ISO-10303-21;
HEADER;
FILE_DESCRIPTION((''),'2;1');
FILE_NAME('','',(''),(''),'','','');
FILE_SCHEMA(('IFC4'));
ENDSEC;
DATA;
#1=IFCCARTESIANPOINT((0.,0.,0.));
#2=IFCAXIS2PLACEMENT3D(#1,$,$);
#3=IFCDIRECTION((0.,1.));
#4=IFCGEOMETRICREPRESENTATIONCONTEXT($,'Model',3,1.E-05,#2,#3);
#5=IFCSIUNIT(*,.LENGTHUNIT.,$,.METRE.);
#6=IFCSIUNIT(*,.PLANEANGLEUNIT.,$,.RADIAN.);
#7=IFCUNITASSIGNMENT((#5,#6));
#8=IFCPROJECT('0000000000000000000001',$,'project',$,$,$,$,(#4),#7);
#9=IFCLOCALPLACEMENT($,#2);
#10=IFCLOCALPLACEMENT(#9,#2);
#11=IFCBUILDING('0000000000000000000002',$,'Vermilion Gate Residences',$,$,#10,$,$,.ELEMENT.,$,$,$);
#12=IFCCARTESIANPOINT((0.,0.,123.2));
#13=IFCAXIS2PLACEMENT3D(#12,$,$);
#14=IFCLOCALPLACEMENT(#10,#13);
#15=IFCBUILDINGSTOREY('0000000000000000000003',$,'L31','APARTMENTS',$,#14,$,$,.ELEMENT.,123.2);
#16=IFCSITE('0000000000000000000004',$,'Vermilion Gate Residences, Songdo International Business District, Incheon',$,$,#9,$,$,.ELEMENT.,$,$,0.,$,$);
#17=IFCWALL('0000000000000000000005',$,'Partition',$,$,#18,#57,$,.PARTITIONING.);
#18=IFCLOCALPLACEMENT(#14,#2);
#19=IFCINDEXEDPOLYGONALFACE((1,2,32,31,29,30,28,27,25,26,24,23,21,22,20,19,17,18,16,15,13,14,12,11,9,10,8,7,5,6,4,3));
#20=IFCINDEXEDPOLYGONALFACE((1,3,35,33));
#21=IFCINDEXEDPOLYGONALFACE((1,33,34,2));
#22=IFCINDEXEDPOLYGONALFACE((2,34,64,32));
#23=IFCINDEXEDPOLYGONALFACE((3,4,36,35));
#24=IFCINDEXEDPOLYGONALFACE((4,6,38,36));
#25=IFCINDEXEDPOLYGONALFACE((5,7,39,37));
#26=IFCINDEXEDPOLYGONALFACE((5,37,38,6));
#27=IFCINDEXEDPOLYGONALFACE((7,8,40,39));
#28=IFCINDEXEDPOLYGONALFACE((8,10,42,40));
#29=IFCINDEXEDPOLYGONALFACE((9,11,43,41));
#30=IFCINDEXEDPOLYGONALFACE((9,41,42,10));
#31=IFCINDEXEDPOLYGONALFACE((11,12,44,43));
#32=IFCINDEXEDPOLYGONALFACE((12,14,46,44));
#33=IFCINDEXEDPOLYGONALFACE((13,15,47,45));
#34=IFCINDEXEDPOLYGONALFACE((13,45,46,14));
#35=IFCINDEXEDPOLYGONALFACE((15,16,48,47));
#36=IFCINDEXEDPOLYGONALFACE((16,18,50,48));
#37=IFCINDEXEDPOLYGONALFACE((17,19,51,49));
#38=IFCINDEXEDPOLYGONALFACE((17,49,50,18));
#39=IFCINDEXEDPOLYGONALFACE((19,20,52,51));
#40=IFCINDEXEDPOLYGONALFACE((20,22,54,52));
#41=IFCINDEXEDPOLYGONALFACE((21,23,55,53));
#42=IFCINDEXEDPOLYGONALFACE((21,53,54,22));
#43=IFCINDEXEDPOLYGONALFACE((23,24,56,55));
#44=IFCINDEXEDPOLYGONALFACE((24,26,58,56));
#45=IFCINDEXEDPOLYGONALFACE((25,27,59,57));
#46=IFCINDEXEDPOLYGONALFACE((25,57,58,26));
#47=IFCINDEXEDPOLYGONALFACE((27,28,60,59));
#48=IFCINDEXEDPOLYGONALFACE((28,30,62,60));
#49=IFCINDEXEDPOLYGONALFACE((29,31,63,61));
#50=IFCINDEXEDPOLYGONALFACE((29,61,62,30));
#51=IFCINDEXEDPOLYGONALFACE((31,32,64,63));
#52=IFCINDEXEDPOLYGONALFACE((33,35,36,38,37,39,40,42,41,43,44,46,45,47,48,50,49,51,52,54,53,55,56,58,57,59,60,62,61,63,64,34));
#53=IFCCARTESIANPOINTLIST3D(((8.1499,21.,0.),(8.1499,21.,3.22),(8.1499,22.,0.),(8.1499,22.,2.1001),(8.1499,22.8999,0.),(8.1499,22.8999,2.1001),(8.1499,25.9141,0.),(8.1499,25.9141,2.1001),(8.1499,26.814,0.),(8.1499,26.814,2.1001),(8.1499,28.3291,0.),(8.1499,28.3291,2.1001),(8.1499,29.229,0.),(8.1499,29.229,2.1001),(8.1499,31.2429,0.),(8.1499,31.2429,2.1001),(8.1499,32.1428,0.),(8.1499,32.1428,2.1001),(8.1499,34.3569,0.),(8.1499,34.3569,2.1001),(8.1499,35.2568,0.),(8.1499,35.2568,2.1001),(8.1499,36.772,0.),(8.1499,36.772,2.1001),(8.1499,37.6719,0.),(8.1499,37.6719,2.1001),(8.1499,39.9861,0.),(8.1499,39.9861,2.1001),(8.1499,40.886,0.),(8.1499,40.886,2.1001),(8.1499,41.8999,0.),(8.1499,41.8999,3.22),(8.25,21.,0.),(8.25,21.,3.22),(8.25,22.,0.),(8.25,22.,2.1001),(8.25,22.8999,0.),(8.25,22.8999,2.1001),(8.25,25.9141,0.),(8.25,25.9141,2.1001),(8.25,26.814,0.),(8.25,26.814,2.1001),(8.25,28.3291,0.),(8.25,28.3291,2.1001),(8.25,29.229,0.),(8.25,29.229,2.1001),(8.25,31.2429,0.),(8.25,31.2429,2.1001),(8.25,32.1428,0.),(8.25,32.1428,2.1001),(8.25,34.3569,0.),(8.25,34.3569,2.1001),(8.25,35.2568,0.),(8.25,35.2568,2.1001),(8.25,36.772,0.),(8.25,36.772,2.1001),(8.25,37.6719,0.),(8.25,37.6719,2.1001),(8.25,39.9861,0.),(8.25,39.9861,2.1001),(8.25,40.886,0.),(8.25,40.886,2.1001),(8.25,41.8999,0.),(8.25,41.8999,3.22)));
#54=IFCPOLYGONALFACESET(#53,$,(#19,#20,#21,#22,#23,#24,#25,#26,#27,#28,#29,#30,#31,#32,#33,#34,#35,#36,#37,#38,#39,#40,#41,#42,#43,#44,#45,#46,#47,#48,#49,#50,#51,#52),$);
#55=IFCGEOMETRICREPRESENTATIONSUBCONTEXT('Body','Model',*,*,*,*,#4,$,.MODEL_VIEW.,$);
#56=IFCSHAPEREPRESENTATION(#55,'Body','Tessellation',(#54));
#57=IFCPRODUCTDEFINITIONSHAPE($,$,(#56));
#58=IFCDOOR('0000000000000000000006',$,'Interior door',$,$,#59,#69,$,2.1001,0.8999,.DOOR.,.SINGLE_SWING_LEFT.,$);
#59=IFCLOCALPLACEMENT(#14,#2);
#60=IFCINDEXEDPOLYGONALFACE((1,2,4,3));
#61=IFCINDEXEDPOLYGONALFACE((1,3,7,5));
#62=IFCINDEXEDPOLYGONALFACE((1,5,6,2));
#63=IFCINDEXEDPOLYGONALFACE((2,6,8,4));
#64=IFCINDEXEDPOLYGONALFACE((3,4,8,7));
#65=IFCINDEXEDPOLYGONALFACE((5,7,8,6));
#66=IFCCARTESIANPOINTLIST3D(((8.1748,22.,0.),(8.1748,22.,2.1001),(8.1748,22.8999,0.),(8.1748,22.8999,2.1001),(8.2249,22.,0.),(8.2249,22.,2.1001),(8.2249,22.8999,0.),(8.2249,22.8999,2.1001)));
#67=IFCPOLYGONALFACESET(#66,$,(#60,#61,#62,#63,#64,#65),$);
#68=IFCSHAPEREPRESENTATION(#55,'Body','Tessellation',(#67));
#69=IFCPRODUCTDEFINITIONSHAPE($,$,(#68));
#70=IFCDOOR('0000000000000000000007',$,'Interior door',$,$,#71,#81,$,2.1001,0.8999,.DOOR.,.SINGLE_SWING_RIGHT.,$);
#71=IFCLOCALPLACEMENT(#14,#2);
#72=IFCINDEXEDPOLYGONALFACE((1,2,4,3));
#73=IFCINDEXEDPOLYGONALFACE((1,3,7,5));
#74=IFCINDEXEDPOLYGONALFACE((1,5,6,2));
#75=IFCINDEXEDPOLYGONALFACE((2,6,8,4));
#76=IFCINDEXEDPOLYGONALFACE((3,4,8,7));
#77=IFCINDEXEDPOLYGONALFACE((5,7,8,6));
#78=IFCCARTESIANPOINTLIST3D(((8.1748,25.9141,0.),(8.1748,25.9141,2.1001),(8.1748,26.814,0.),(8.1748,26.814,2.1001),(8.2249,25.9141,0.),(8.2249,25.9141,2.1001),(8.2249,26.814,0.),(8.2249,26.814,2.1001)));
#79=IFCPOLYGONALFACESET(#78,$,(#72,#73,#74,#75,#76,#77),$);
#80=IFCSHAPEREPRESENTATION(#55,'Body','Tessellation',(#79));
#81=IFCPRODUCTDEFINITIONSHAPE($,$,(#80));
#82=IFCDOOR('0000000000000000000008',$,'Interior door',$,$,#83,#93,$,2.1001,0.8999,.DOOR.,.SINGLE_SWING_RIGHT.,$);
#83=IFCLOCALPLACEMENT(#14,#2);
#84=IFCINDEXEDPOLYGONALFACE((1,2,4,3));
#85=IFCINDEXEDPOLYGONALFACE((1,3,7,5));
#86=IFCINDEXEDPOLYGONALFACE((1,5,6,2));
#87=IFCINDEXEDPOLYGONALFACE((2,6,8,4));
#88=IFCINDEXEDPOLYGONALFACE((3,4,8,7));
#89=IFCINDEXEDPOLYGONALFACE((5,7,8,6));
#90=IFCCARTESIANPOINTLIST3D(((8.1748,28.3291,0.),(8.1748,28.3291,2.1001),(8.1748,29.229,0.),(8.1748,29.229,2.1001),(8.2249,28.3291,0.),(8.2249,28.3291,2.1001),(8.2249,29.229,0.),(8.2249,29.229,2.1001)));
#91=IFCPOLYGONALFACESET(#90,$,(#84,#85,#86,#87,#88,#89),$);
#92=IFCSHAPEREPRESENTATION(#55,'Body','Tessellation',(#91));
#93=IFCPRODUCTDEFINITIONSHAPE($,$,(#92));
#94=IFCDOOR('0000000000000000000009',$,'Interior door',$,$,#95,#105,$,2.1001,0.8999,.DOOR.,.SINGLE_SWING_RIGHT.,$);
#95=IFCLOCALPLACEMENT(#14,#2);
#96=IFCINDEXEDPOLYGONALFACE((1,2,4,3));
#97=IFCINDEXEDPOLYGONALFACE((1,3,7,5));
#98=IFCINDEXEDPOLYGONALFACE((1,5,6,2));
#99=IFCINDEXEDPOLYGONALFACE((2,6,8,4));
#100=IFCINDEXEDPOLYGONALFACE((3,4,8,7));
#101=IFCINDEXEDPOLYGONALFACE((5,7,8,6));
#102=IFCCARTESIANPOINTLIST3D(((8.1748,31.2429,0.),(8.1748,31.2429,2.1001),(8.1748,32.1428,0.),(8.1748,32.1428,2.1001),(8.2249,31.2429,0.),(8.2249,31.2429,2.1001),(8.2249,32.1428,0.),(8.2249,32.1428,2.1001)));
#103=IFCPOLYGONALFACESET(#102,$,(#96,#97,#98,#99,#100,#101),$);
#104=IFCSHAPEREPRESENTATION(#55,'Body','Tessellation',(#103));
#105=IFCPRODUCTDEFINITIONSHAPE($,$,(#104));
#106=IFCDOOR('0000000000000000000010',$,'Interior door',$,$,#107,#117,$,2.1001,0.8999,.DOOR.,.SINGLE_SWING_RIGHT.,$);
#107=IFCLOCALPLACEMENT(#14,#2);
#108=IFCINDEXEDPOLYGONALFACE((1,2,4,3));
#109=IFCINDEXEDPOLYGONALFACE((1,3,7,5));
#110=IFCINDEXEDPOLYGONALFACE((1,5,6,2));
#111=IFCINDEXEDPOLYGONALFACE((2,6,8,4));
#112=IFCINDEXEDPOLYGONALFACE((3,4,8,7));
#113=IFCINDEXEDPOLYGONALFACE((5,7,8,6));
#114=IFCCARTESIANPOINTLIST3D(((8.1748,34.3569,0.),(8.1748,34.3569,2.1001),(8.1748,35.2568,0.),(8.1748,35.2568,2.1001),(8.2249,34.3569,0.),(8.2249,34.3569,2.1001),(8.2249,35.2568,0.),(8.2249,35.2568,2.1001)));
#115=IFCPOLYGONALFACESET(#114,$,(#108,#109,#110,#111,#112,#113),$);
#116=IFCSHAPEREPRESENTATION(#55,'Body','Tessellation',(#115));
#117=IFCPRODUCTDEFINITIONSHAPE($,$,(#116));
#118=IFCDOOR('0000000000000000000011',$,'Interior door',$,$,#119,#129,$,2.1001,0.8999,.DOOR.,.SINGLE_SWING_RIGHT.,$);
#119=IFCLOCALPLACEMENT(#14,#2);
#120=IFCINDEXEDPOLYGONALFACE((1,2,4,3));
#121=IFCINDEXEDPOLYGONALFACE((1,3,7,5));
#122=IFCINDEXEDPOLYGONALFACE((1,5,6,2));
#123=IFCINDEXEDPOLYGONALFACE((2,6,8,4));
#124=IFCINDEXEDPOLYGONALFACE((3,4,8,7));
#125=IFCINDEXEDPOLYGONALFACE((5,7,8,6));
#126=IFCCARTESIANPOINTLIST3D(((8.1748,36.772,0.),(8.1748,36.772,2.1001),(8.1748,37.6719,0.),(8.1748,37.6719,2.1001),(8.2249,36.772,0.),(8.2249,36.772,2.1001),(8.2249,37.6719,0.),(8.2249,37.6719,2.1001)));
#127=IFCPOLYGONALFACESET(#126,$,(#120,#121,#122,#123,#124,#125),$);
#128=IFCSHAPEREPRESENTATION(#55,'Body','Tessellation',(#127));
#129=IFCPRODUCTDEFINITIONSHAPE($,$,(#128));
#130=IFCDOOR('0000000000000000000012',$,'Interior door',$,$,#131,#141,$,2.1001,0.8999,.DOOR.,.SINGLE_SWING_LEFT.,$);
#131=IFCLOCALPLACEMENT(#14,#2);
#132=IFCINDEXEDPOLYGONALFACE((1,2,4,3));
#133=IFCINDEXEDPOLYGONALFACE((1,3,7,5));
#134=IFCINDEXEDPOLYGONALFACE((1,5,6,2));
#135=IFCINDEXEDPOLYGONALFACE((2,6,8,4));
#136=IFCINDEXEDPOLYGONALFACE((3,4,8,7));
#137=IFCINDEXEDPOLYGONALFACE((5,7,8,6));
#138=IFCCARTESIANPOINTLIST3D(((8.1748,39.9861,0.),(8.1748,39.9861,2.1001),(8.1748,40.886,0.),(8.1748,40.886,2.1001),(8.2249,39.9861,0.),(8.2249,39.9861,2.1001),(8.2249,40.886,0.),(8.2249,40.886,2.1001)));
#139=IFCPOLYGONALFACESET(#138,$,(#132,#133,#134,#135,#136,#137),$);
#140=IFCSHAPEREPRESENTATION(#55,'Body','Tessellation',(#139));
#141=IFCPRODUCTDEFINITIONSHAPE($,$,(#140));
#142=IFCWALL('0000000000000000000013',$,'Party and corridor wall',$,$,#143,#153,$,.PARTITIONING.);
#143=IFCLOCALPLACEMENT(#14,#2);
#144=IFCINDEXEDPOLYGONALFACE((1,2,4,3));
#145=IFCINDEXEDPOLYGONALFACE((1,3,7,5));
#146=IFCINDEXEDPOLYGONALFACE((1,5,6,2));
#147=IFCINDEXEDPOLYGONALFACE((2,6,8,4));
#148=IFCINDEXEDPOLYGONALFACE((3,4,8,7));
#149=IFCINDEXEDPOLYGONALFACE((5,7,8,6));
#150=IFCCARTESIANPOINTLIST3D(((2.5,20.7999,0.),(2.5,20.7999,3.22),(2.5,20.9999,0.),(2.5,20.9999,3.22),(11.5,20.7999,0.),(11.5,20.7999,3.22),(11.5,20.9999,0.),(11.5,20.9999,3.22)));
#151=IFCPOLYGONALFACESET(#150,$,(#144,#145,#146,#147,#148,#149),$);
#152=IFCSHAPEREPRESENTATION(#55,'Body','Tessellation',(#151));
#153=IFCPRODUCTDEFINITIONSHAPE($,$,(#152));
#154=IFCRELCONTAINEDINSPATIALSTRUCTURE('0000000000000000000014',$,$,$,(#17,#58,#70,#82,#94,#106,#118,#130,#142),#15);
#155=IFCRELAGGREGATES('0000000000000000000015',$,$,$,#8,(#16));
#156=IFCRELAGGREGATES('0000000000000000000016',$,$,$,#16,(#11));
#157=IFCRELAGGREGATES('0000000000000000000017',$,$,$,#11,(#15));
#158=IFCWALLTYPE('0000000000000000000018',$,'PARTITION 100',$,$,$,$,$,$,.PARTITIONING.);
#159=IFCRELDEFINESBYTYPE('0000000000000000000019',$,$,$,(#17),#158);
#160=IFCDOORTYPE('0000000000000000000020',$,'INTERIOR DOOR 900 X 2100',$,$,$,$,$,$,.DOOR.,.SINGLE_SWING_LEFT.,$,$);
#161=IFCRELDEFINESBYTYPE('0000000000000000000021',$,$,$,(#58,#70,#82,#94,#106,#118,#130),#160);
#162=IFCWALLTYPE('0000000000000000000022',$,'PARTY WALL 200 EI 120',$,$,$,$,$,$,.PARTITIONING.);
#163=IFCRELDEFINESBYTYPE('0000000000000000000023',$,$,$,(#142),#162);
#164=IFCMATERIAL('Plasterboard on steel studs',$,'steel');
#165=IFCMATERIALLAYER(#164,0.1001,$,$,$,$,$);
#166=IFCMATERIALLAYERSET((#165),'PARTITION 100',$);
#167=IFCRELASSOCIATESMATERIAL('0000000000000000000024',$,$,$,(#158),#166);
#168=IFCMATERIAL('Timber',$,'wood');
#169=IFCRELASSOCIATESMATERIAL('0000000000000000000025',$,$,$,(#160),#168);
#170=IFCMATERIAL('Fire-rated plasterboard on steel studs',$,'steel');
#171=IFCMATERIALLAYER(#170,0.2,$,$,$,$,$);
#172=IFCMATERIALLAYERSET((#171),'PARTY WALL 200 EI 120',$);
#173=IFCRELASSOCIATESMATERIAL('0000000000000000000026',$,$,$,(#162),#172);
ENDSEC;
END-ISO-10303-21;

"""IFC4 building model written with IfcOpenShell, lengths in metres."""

from ifc_helpers import new_model, si_unit, direction, frame, frame_2d, origin, place, context, subcontext, project, spatial, rectangle, extrude, material, layer, layer_set, type_object, element, fill, save


model = new_model("IFC4")

# Units and contexts
model_context = context("Model", 3, precision=1e-05, world=origin(), true_north=direction((0.0, 1.0)))
body_context = subcontext(model_context, "Body", "Model", "MODEL_VIEW")
ifc_project = project(units=[si_unit("LENGTHUNIT", "METRE"), si_unit("PLANEANGLEUNIT", "RADIAN")], contexts=[model_context])

# Site, building, storey
site_placement = place(None, origin())
site = spatial("IfcSite", under=ifc_project, at=site_placement, Name="Vermilion Gate Residences, Songdo International Business District, Incheon", CompositionType="ELEMENT", RefElevation=0.0)
building_placement = place(site_placement, origin())
building = spatial("IfcBuilding", under=site, at=building_placement, Name="Vermilion Gate Residences", CompositionType="ELEMENT")
storey_placement = place(building_placement, frame((0.0, 0.0, 123.2)))
storey = spatial("IfcBuildingStorey", under=building, at=storey_placement, Name="L31", Description="APARTMENTS", CompositionType="ELEMENT", Elevation=123.2)

# Shared definitions
ifc_material_1 = material(Name="Plasterboard on steel studs", Category="steel")
ifc_layer_1 = layer(ifc_material_1, 0.1001)
ifc_layer_set_1 = layer_set([ifc_layer_1], Name="PARTITION 100")
wall_type_1 = type_object("IfcWallType", Name="PARTITION 100", PredefinedType="PARTITIONING", material=ifc_layer_set_1)

# Wall, openings, doors
ifc_material_2 = material(Name="Timber", Category="wood")
door_type = type_object("IfcDoorType", Name="INTERIOR DOOR 900 X 2100", OperationType="SINGLE_SWING_LEFT", PredefinedType="DOOR", material=ifc_material_2)
wall_1_placement = place(storey_placement, frame((8.2, 21.0, 0.0), z_axis=(0.0, 0.0, 1.0), x_axis=(0.0, 1.0, 0.0)))
wall_1 = element("IfcWall", 1, at=wall_1_placement, inside=storey, type_object=wall_type_1, Name="Partition", PredefinedType="PARTITIONING", context=body_context, shape_type="SweptSolid", body=[
    extrude(rectangle(XDim=20.8999, YDim=0.1001, at=frame_2d((10.45, 0.0))), origin(), (0.0, 0.0, 1.0), 3.22),
])
opening_1_placement = place(wall_1_placement, frame((1.0, 0.0, 0.0)))
opening_1 = element("IfcOpeningElement", 2, at=opening_1_placement, cuts=wall_1, PredefinedType="OPENING", context=body_context, shape_type="SweptSolid", body=[
    extrude(rectangle(XDim=0.8999, YDim=2.1001, at=frame_2d((0.45, 1.05))), frame((0.0, 0.0601, 0.0), z_axis=(0.0, -1.0, 0.0), x_axis=(1.0, 0.0, 0.0)), (0.0, 0.0, 1.0), 0.1201),
])
opening_2_placement = place(wall_1_placement, frame((4.9141, 0.0, 0.0)))
opening_2 = element("IfcOpeningElement", 3, at=opening_2_placement, cuts=wall_1, PredefinedType="OPENING", context=body_context, shape_type="SweptSolid", body=[
    extrude(rectangle(XDim=0.8999, YDim=2.1001, at=frame_2d((0.45, 1.05))), frame((0.0, 0.0601, 0.0), z_axis=(0.0, -1.0, 0.0), x_axis=(1.0, 0.0, 0.0)), (0.0, 0.0, 1.0), 0.1201),
])
opening_3_placement = place(wall_1_placement, frame((7.3291, 0.0, 0.0)))
opening_3 = element("IfcOpeningElement", 4, at=opening_3_placement, cuts=wall_1, PredefinedType="OPENING", context=body_context, shape_type="SweptSolid", body=[
    extrude(rectangle(XDim=0.8999, YDim=2.1001, at=frame_2d((0.45, 1.05))), frame((0.0, 0.0601, 0.0), z_axis=(0.0, -1.0, 0.0), x_axis=(1.0, 0.0, 0.0)), (0.0, 0.0, 1.0), 0.1201),
])
opening_4_placement = place(wall_1_placement, frame((10.2429, 0.0, 0.0)))
opening_4 = element("IfcOpeningElement", 5, at=opening_4_placement, cuts=wall_1, PredefinedType="OPENING", context=body_context, shape_type="SweptSolid", body=[
    extrude(rectangle(XDim=0.8999, YDim=2.1001, at=frame_2d((0.45, 1.05))), frame((0.0, 0.0601, 0.0), z_axis=(0.0, -1.0, 0.0), x_axis=(1.0, 0.0, 0.0)), (0.0, 0.0, 1.0), 0.1201),
])
opening_5_placement = place(wall_1_placement, frame((13.3569, 0.0, 0.0)))
opening_5 = element("IfcOpeningElement", 6, at=opening_5_placement, cuts=wall_1, PredefinedType="OPENING", context=body_context, shape_type="SweptSolid", body=[
    extrude(rectangle(XDim=0.8999, YDim=2.1001, at=frame_2d((0.45, 1.05))), frame((0.0, 0.0601, 0.0), z_axis=(0.0, -1.0, 0.0), x_axis=(1.0, 0.0, 0.0)), (0.0, 0.0, 1.0), 0.1201),
])
opening_6_placement = place(wall_1_placement, frame((15.772, 0.0, 0.0)))
opening_6 = element("IfcOpeningElement", 7, at=opening_6_placement, cuts=wall_1, PredefinedType="OPENING", context=body_context, shape_type="SweptSolid", body=[
    extrude(rectangle(XDim=0.8999, YDim=2.1001, at=frame_2d((0.45, 1.05))), frame((0.0, 0.0601, 0.0), z_axis=(0.0, -1.0, 0.0), x_axis=(1.0, 0.0, 0.0)), (0.0, 0.0, 1.0), 0.1201),
])
opening_7_placement = place(wall_1_placement, frame((18.9861, 0.0, 0.0)))
opening_7 = element("IfcOpeningElement", 8, at=opening_7_placement, cuts=wall_1, PredefinedType="OPENING", context=body_context, shape_type="SweptSolid", body=[
    extrude(rectangle(XDim=0.8999, YDim=2.1001, at=frame_2d((0.45, 1.05))), frame((0.0, 0.0601, 0.0), z_axis=(0.0, -1.0, 0.0), x_axis=(1.0, 0.0, 0.0)), (0.0, 0.0, 1.0), 0.1201),
])
door_1_placement = place(opening_1_placement, frame((0.8999, 0.0, 0.0), z_axis=(0.0, 0.0, 1.0), x_axis=(-1.0, 0.0, 0.0)))
door_1 = element("IfcDoor", 9, at=door_1_placement, inside=storey, type_object=door_type, Name="Interior door", OperationType="SINGLE_SWING_LEFT", OverallHeight=2.1001, OverallWidth=0.8999, PredefinedType="DOOR", context=body_context, shape_type="SweptSolid", body=[
    extrude(rectangle(XDim=0.8999, YDim=2.1001, at=frame_2d((0.45, 1.05))), frame((0.0, 0.0249, 0.0), z_axis=(0.0, -1.0, 0.0), x_axis=(1.0, 0.0, 0.0)), (0.0, 0.0, 1.0), 0.05),
])
fill(opening_1, door_1)
door_2_placement = place(opening_2_placement, frame((0.8999, 0.0, 0.0), z_axis=(0.0, 0.0, 1.0), x_axis=(-1.0, 0.0, 0.0)))
door_2 = element("IfcDoor", 10, at=door_2_placement, inside=storey, type_object=door_type, Name="Interior door", OperationType="SINGLE_SWING_RIGHT", OverallHeight=2.1001, OverallWidth=0.8999, PredefinedType="DOOR", context=body_context, shape_type="SweptSolid", body=[
    extrude(rectangle(XDim=0.8999, YDim=2.1001, at=frame_2d((0.45, 1.05))), frame((0.0, 0.0249, 0.0), z_axis=(0.0, -1.0, 0.0), x_axis=(1.0, 0.0, 0.0)), (0.0, 0.0, 1.0), 0.05),
])
fill(opening_2, door_2)
door_3_placement = place(opening_3_placement, frame((0.8999, 0.0, 0.0), z_axis=(0.0, 0.0, 1.0), x_axis=(-1.0, 0.0, 0.0)))
door_3 = element("IfcDoor", 11, at=door_3_placement, inside=storey, type_object=door_type, Name="Interior door", OperationType="SINGLE_SWING_RIGHT", OverallHeight=2.1001, OverallWidth=0.8999, PredefinedType="DOOR", context=body_context, shape_type="SweptSolid", body=[
    extrude(rectangle(XDim=0.8999, YDim=2.1001, at=frame_2d((0.45, 1.05))), frame((0.0, 0.0249, 0.0), z_axis=(0.0, -1.0, 0.0), x_axis=(1.0, 0.0, 0.0)), (0.0, 0.0, 1.0), 0.05),
])
fill(opening_3, door_3)
door_4_placement = place(opening_4_placement, frame((0.8999, 0.0, 0.0), z_axis=(0.0, 0.0, 1.0), x_axis=(-1.0, 0.0, 0.0)))
door_4 = element("IfcDoor", 12, at=door_4_placement, inside=storey, type_object=door_type, Name="Interior door", OperationType="SINGLE_SWING_RIGHT", OverallHeight=2.1001, OverallWidth=0.8999, PredefinedType="DOOR", context=body_context, shape_type="SweptSolid", body=[
    extrude(rectangle(XDim=0.8999, YDim=2.1001, at=frame_2d((0.45, 1.05))), frame((0.0, 0.0249, 0.0), z_axis=(0.0, -1.0, 0.0), x_axis=(1.0, 0.0, 0.0)), (0.0, 0.0, 1.0), 0.05),
])
fill(opening_4, door_4)
door_5_placement = place(opening_5_placement, frame((0.8999, 0.0, 0.0), z_axis=(0.0, 0.0, 1.0), x_axis=(-1.0, 0.0, 0.0)))
door_5 = element("IfcDoor", 13, at=door_5_placement, inside=storey, type_object=door_type, Name="Interior door", OperationType="SINGLE_SWING_RIGHT", OverallHeight=2.1001, OverallWidth=0.8999, PredefinedType="DOOR", context=body_context, shape_type="SweptSolid", body=[
    extrude(rectangle(XDim=0.8999, YDim=2.1001, at=frame_2d((0.45, 1.05))), frame((0.0, 0.0249, 0.0), z_axis=(0.0, -1.0, 0.0), x_axis=(1.0, 0.0, 0.0)), (0.0, 0.0, 1.0), 0.05),
])
fill(opening_5, door_5)
door_6_placement = place(opening_6_placement, frame((0.8999, 0.0, 0.0), z_axis=(0.0, 0.0, 1.0), x_axis=(-1.0, 0.0, 0.0)))
door_6 = element("IfcDoor", 14, at=door_6_placement, inside=storey, type_object=door_type, Name="Interior door", OperationType="SINGLE_SWING_RIGHT", OverallHeight=2.1001, OverallWidth=0.8999, PredefinedType="DOOR", context=body_context, shape_type="SweptSolid", body=[
    extrude(rectangle(XDim=0.8999, YDim=2.1001, at=frame_2d((0.45, 1.05))), frame((0.0, 0.0249, 0.0), z_axis=(0.0, -1.0, 0.0), x_axis=(1.0, 0.0, 0.0)), (0.0, 0.0, 1.0), 0.05),
])
fill(opening_6, door_6)
door_7_placement = place(opening_7_placement, frame((0.8999, 0.0, 0.0), z_axis=(0.0, 0.0, 1.0), x_axis=(-1.0, 0.0, 0.0)))
door_7 = element("IfcDoor", 15, at=door_7_placement, inside=storey, type_object=door_type, Name="Interior door", OperationType="SINGLE_SWING_LEFT", OverallHeight=2.1001, OverallWidth=0.8999, PredefinedType="DOOR", context=body_context, shape_type="SweptSolid", body=[
    extrude(rectangle(XDim=0.8999, YDim=2.1001, at=frame_2d((0.45, 1.05))), frame((0.0, 0.0249, 0.0), z_axis=(0.0, -1.0, 0.0), x_axis=(1.0, 0.0, 0.0)), (0.0, 0.0, 1.0), 0.05),
])
fill(opening_7, door_7)

# Wall
ifc_material_3 = material(Name="Fire-rated plasterboard on steel studs", Category="steel")
ifc_layer_2 = layer(ifc_material_3, 0.2)
ifc_layer_set_2 = layer_set([ifc_layer_2], Name="PARTY WALL 200 EI 120")
wall_type_2 = type_object("IfcWallType", Name="PARTY WALL 200 EI 120", PredefinedType="PARTITIONING", material=ifc_layer_set_2)
wall_2_placement = place(storey_placement, frame((2.5, 20.8999, 0.0), z_axis=(0.0, 0.0, 1.0), x_axis=(1.0, 0.0, 0.0)))
element("IfcWall", 16, at=wall_2_placement, inside=storey, type_object=wall_type_2, Name="Party and corridor wall", PredefinedType="PARTITIONING", context=body_context, shape_type="SweptSolid", body=[
    extrude(rectangle(XDim=9.0, YDim=0.2, at=frame_2d((4.5, 0.0))), origin(), (0.0, 0.0, 1.0), 3.22),
])

save(model, "model.ifc")
